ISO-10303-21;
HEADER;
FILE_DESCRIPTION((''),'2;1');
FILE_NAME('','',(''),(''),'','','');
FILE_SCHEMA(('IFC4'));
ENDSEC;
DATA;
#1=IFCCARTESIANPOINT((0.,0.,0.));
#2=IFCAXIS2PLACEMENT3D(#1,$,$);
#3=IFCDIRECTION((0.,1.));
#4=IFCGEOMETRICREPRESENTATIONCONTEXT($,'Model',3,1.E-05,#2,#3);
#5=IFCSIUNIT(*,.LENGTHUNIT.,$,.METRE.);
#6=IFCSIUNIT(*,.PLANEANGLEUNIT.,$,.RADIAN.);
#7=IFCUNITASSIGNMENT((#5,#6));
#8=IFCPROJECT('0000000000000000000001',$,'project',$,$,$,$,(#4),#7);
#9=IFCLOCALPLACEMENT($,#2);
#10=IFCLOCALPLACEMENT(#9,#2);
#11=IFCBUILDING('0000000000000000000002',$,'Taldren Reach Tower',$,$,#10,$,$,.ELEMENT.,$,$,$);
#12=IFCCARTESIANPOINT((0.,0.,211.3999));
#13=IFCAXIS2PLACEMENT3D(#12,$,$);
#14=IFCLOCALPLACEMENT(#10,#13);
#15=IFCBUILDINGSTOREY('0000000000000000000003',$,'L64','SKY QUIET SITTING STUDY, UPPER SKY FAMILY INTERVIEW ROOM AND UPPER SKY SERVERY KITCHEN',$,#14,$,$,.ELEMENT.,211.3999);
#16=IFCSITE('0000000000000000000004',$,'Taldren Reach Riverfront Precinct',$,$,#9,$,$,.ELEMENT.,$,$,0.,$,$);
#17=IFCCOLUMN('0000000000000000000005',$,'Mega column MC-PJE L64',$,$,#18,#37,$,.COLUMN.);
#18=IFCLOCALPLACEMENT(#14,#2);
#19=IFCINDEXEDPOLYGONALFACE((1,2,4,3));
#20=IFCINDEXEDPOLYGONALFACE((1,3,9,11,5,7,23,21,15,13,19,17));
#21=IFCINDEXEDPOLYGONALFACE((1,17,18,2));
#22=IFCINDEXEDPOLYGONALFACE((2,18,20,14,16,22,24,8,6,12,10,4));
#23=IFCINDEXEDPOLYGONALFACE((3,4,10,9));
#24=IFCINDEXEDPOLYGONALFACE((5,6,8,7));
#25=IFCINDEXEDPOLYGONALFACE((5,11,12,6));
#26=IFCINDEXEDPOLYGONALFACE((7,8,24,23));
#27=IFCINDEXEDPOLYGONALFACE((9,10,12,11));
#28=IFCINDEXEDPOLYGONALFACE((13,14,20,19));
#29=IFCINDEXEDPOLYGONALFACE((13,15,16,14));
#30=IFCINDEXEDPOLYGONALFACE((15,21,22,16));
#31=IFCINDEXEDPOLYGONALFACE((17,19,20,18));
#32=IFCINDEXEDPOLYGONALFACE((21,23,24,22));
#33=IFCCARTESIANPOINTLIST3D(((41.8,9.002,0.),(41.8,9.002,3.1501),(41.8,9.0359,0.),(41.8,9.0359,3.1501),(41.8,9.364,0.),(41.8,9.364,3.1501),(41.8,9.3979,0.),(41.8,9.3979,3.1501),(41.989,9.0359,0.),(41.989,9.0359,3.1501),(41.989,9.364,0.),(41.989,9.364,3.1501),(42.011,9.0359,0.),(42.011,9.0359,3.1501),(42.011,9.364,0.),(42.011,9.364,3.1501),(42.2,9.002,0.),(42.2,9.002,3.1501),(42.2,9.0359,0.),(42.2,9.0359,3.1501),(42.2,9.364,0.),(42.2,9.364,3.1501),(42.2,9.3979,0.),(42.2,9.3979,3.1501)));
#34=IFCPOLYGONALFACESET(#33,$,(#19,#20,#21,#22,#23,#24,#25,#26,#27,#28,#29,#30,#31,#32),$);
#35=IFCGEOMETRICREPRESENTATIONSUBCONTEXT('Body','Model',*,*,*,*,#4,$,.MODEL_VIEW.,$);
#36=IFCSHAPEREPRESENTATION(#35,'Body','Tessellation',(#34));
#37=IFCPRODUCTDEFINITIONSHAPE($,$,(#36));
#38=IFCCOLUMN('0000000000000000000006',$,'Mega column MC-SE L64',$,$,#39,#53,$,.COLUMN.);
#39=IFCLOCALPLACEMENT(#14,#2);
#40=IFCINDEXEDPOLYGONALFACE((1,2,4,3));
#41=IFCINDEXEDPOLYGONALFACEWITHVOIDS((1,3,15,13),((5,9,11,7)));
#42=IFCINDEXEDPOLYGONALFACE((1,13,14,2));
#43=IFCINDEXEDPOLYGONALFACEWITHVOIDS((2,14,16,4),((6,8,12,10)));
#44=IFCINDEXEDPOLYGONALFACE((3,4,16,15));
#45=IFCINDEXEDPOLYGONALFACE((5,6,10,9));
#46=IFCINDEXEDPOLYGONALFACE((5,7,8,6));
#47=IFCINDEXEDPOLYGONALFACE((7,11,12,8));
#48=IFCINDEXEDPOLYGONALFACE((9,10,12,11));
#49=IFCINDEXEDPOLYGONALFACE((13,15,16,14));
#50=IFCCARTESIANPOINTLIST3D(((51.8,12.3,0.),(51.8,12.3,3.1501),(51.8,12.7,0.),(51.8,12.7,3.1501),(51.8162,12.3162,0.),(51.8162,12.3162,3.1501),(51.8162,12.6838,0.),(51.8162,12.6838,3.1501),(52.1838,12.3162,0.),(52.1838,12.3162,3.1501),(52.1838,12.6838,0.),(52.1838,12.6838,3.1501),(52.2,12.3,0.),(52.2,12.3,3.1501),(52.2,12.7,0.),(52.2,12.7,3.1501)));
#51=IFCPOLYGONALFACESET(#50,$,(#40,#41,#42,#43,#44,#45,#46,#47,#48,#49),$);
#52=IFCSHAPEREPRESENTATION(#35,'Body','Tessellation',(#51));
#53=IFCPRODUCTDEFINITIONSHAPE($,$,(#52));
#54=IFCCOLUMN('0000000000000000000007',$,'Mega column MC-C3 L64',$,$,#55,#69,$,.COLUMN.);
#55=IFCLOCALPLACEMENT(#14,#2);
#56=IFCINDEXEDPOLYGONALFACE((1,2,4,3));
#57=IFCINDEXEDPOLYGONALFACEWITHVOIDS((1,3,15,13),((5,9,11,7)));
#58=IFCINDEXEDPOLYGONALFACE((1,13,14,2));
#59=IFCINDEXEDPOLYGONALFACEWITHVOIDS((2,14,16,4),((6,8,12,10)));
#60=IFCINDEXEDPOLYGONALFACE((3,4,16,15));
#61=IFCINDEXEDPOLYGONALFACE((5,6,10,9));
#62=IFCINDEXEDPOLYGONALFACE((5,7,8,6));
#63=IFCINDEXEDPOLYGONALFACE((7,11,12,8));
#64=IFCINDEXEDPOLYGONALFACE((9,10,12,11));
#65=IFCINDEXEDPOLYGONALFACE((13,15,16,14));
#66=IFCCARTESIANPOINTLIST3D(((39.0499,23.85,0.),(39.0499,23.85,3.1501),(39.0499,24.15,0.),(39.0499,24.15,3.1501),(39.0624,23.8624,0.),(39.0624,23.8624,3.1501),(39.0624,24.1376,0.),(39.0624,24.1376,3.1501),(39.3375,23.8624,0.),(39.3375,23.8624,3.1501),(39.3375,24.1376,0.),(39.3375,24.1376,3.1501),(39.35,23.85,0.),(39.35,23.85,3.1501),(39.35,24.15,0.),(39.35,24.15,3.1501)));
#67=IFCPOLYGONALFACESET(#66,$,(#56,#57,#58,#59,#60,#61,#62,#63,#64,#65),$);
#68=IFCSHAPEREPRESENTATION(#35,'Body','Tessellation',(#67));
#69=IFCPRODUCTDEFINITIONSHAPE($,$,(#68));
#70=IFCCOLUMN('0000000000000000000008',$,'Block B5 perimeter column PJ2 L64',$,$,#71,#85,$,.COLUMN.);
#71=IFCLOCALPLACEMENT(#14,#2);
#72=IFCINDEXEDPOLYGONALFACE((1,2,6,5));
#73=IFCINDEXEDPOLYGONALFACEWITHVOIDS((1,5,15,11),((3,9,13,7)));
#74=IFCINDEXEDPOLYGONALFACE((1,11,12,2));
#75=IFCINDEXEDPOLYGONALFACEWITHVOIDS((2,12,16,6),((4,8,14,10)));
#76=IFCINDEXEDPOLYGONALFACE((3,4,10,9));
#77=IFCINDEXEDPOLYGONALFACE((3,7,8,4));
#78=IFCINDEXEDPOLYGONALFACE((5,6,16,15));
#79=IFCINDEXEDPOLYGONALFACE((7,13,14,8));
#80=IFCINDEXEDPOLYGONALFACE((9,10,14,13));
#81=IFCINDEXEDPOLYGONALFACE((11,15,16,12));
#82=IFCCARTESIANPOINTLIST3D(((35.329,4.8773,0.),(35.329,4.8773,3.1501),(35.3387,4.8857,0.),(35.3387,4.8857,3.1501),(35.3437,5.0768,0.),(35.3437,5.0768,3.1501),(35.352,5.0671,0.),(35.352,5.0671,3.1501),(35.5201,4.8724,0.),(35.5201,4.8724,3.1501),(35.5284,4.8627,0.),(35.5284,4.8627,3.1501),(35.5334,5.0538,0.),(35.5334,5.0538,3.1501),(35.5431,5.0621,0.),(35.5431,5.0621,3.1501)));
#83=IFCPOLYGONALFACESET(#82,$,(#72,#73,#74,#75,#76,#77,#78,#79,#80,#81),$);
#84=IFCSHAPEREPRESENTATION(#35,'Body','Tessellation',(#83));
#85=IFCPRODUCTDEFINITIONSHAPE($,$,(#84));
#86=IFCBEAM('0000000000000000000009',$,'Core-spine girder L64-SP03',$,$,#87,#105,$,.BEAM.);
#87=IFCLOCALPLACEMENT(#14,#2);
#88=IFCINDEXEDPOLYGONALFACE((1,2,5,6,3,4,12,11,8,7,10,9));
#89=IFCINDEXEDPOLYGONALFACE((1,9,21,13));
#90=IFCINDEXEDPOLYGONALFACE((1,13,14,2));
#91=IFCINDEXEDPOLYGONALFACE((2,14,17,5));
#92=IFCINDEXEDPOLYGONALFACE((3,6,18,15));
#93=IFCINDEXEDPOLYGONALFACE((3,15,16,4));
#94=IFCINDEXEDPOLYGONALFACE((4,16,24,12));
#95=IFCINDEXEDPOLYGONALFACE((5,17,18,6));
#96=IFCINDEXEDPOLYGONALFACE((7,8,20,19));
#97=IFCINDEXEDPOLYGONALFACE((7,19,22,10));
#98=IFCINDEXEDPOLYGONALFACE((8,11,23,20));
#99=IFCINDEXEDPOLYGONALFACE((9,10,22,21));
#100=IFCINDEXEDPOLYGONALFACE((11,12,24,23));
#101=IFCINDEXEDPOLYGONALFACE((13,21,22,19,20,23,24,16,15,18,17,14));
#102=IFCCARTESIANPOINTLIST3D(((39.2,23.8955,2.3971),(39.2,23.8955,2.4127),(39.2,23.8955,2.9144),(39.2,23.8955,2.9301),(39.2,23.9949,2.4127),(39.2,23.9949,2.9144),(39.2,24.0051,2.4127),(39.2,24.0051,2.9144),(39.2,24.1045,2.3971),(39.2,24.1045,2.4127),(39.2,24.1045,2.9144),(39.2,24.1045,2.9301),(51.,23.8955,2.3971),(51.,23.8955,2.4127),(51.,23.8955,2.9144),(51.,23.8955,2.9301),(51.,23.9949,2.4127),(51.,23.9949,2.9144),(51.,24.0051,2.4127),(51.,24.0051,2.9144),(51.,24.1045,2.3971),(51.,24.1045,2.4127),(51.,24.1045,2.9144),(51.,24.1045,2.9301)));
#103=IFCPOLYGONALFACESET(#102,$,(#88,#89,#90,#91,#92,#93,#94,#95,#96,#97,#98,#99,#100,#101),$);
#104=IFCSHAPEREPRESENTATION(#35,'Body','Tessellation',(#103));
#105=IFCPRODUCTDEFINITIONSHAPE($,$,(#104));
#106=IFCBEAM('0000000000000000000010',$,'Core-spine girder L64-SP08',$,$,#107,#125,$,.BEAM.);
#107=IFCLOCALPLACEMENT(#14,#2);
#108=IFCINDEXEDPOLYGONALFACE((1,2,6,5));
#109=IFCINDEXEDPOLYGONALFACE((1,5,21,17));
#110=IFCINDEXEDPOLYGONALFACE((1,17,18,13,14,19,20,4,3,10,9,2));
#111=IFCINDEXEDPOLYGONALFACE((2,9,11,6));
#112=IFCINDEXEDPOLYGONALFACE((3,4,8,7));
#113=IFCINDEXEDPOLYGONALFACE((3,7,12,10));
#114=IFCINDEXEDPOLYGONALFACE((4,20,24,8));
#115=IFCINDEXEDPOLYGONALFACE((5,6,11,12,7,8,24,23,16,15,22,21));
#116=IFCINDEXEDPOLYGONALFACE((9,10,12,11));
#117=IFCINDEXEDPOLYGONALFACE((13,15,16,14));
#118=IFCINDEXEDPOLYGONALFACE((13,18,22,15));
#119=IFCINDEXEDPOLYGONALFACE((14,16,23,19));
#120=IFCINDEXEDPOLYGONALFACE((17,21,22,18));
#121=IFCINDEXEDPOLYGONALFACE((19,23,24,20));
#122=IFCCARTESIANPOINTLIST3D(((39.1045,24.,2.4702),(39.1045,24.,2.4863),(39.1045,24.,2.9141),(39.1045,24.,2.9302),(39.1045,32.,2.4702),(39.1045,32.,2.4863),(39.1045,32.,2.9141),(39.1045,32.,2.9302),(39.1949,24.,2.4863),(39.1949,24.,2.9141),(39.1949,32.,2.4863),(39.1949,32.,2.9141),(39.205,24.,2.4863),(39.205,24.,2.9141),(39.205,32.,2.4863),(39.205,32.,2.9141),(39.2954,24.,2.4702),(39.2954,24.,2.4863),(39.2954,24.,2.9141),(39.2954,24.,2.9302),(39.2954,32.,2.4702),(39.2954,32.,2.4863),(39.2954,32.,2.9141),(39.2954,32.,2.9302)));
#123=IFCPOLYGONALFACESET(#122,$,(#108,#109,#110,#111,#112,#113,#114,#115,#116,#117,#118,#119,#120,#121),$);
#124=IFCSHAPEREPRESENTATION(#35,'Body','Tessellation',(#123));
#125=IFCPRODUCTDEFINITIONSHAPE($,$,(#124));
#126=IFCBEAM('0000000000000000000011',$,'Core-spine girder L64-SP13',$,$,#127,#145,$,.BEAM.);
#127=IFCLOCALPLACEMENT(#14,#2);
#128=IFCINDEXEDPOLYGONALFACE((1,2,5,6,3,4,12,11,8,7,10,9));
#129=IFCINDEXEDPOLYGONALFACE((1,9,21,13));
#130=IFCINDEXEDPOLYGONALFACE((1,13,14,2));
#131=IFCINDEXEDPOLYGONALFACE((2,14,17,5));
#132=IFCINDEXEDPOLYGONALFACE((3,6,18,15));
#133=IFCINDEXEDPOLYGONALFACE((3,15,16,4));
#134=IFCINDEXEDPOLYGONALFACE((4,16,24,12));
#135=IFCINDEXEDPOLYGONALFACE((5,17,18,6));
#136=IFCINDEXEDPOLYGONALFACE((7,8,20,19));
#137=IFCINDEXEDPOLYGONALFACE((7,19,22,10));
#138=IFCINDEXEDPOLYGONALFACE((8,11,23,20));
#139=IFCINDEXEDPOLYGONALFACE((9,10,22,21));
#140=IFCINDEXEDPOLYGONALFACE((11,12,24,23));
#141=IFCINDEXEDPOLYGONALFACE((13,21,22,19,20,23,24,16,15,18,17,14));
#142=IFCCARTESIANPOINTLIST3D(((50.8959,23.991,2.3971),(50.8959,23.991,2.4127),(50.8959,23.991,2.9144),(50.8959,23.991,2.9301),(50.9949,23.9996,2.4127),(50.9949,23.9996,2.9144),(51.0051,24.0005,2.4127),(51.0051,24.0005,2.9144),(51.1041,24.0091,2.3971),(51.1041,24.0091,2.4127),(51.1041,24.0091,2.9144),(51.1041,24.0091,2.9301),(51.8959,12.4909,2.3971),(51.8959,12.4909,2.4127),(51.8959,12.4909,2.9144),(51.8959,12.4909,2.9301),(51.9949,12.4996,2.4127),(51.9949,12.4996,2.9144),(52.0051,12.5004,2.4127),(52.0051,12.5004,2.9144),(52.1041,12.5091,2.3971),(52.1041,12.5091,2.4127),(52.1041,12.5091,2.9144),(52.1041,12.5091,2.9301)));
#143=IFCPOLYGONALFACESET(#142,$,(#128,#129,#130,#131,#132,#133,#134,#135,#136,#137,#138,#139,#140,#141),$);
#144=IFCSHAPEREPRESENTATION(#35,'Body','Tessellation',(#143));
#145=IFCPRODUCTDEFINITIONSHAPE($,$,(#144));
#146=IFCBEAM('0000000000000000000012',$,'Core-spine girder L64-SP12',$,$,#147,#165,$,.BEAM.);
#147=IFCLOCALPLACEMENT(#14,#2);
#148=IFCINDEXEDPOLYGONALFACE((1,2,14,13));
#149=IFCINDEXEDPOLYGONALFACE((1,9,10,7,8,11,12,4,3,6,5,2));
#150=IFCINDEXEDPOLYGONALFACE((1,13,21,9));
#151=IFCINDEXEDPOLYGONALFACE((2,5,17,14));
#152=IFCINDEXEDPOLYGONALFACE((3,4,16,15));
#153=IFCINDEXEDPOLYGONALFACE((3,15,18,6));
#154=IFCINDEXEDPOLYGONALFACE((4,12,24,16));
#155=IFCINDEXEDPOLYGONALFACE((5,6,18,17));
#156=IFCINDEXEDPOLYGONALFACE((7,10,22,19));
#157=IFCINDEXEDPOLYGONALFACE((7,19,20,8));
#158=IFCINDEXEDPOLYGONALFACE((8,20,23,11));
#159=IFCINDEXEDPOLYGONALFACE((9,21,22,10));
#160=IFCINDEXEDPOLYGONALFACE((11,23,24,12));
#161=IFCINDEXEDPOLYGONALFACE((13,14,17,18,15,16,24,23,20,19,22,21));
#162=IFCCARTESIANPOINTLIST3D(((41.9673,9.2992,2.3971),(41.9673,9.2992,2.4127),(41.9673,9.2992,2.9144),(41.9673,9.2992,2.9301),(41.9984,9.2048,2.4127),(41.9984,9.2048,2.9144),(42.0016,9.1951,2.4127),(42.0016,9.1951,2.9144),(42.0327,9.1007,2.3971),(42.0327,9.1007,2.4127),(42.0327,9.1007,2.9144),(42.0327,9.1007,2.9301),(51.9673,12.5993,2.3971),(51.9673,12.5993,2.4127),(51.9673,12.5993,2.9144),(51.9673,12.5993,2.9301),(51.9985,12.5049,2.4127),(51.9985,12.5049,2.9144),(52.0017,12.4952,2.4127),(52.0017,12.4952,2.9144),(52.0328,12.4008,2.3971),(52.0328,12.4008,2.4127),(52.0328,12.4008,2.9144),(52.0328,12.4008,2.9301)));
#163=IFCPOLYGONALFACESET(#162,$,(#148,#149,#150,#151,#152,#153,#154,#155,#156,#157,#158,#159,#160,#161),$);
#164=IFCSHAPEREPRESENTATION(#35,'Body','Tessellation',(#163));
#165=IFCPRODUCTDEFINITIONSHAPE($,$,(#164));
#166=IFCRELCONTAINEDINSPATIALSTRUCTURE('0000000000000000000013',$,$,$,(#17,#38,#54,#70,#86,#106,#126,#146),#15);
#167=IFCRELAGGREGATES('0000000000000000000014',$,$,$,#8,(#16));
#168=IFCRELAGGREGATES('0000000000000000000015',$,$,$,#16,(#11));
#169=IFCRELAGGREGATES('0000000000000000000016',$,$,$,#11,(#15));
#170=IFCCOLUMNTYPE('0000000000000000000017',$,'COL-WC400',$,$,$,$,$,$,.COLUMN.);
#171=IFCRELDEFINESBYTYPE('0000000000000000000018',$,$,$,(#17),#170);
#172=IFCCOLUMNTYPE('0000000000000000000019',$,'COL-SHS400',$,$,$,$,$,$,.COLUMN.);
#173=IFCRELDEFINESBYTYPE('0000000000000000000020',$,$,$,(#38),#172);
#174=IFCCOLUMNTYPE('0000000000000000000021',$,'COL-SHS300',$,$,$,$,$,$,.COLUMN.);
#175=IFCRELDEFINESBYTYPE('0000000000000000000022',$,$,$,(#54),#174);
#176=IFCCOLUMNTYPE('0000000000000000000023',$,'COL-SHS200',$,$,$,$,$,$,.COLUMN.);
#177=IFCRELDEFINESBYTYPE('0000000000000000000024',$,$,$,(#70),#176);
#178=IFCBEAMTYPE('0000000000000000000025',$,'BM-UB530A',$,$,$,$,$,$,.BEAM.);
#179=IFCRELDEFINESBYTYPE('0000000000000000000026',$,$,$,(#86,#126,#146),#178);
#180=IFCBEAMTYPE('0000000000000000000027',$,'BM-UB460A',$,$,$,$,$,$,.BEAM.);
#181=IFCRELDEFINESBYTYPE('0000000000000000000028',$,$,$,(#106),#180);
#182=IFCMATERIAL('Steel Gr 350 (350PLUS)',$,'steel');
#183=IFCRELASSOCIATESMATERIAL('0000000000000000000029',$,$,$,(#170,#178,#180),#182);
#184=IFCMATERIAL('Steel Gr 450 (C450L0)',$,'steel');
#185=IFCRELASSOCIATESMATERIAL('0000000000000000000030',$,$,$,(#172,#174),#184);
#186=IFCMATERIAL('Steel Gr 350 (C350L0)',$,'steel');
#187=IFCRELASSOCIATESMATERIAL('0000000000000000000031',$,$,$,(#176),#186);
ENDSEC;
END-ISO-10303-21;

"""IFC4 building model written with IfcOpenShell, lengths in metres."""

from ifc_helpers import new_model, si_unit, direction, frame, origin, origin_2d, place, context, subcontext, project, spatial, hollow_rectangle, i_section, extrude, source, transform, mapped, material, material_profile, profile_set, type_object, element, save


model = new_model("IFC4")

# Units and contexts
model_context = context("Model", 3, precision=1e-05, world=origin(), true_north=direction((0.0, 1.0)))
body_context = subcontext(model_context, "Body", "Model", "MODEL_VIEW")
ifc_project = project(units=[si_unit("LENGTHUNIT", "METRE"), si_unit("PLANEANGLEUNIT", "RADIAN")], contexts=[model_context])

# Site, building, storey
site_placement = place(None, origin())
site = spatial("IfcSite", under=ifc_project, at=site_placement, Name="Taldren Reach Riverfront Precinct", CompositionType="ELEMENT", RefElevation=0.0)
building_placement = place(site_placement, origin())
building = spatial("IfcBuilding", under=site, at=building_placement, Name="Taldren Reach Tower", CompositionType="ELEMENT")
storey_placement = place(building_placement, frame((0.0, 0.0, 211.3999)))
storey = spatial("IfcBuildingStorey", under=building, at=storey_placement, Name="L64", Description="SKY QUIET SITTING STUDY, UPPER SKY FAMILY INTERVIEW ROOM AND UPPER SKY SERVERY KITCHEN", CompositionType="ELEMENT", Elevation=211.3999)

# Columns
ifc_material_1 = material(Name="Steel Gr 350 (350PLUS)", Category="steel")
ifc_material_profile_1 = material_profile(ifc_material_1, i_section(OverallWidth=0.3999, OverallDepth=0.396, WebThickness=0.022, FlangeThickness=0.0339, at=origin_2d()), Name="400WC270")
ifc_profile_set_1 = profile_set([ifc_material_profile_1], Name="Steel Gr 350 (350PLUS)")
column_type_1 = type_object("IfcColumnType", Name="COL-WC400", PredefinedType="COLUMN", material=ifc_profile_set_1)
shared_shape_1 = source(origin(), body_context, "Body", "SweptSolid", [
    extrude(i_section(OverallWidth=0.3999, OverallDepth=0.396, WebThickness=0.022, FlangeThickness=0.0339, at=origin_2d()), origin(), (0.0, 0.0, 1.0), 3.1501),
])
column_1_placement = place(storey_placement, frame((42.0, 9.2, 0.0), z_axis=(0.0, 0.0, 1.0), x_axis=(1.0, 0.0, 0.0)))
element("IfcColumn", 1, at=column_1_placement, inside=storey, type_object=column_type_1, Name="Mega column MC-PJE L64", PredefinedType="COLUMN", context=body_context, shape_type="MappedRepresentation", body=[
    mapped(shared_shape_1, transform((0.0, 0.0, 0.0), scale=1.0)),
])
ifc_material_2 = material(Name="Steel Gr 450 (C450L0)", Category="steel")
ifc_material_profile_2 = material_profile(ifc_material_2, hollow_rectangle(XDim=0.3999, YDim=0.3999, WallThickness=0.0161, at=origin_2d()), Name="400x400x16.0SHS")
ifc_profile_set_2 = profile_set([ifc_material_profile_2], Name="Steel Gr 450 (C450L0)")
column_type_2 = type_object("IfcColumnType", Name="COL-SHS400", PredefinedType="COLUMN", material=ifc_profile_set_2)
shared_shape_2 = source(origin(), body_context, "Body", "SweptSolid", [
    extrude(hollow_rectangle(XDim=0.3999, YDim=0.3999, WallThickness=0.0161, at=origin_2d()), origin(), (0.0, 0.0, 1.0), 3.1501),
])
column_2_placement = place(storey_placement, frame((52.0, 12.5, 0.0), z_axis=(0.0, 0.0, 1.0), x_axis=(1.0, 0.0, 0.0)))
element("IfcColumn", 2, at=column_2_placement, inside=storey, type_object=column_type_2, Name="Mega column MC-SE L64", PredefinedType="COLUMN", context=body_context, shape_type="MappedRepresentation", body=[
    mapped(shared_shape_2, transform((0.0, 0.0, 0.0), scale=1.0)),
])
ifc_material_profile_3 = material_profile(ifc_material_2, hollow_rectangle(XDim=0.3, YDim=0.3, WallThickness=0.0125, at=origin_2d()), Name="300x300x12.5SHS")
ifc_profile_set_3 = profile_set([ifc_material_profile_3], Name="Steel Gr 450 (C450L0)")
column_type_3 = type_object("IfcColumnType", Name="COL-SHS300", PredefinedType="COLUMN", material=ifc_profile_set_3)
shared_shape_3 = source(origin(), body_context, "Body", "SweptSolid", [
    extrude(hollow_rectangle(XDim=0.3, YDim=0.3, WallThickness=0.0125, at=origin_2d()), origin(), (0.0, 0.0, 1.0), 3.1501),
])
column_3_placement = place(storey_placement, frame((39.2, 24.0, 0.0), z_axis=(0.0, 0.0, 1.0), x_axis=(1.0, 0.0, 0.0)))
element("IfcColumn", 3, at=column_3_placement, inside=storey, type_object=column_type_3, Name="Mega column MC-C3 L64", PredefinedType="COLUMN", context=body_context, shape_type="MappedRepresentation", body=[
    mapped(shared_shape_3, transform((0.0, 0.0, 0.0), scale=1.0)),
])
ifc_material_3 = material(Name="Steel Gr 350 (C350L0)", Category="steel")
ifc_material_profile_4 = material_profile(ifc_material_3, hollow_rectangle(XDim=0.2, YDim=0.2, WallThickness=0.009, at=origin_2d()), Name="200x200x9.0SHS")
ifc_profile_set_4 = profile_set([ifc_material_profile_4], Name="Steel Gr 350 (C350L0)")
column_type_4 = type_object("IfcColumnType", Name="COL-SHS200", PredefinedType="COLUMN", material=ifc_profile_set_4)
shared_shape_4 = source(origin(), body_context, "Body", "SweptSolid", [
    extrude(hollow_rectangle(XDim=0.2, YDim=0.2, WallThickness=0.009, at=origin_2d()), origin(), (0.0, 0.0, 1.0), 3.1501),
])
column_4_placement = place(storey_placement, frame((35.436, 4.9697, 0.0), z_axis=(0.0, 0.0, 1.0), x_axis=(0.997314, -0.073238, 0.0)))
element("IfcColumn", 4, at=column_4_placement, inside=storey, type_object=column_type_4, Name="Block B5 perimeter column PJ2 L64", PredefinedType="COLUMN", context=body_context, shape_type="MappedRepresentation", body=[
    mapped(shared_shape_4, transform((0.0, 0.0, 0.0), scale=1.0)),
])

# Beams
ifc_material_profile_5 = material_profile(ifc_material_1, i_section(OverallWidth=0.209, OverallDepth=0.533, WebThickness=0.0103, FlangeThickness=0.0156, at=origin_2d()), Name="530UB92.4")
ifc_profile_set_5 = profile_set([ifc_material_profile_5], Name="Steel Gr 350 (350PLUS)")
beam_type_1 = type_object("IfcBeamType", Name="BM-UB530A", PredefinedType="BEAM", material=ifc_profile_set_5)
shared_shape_5 = source(origin(), body_context, "Body", "SweptSolid", [
    extrude(i_section(OverallWidth=0.209, OverallDepth=0.533, WebThickness=0.0103, FlangeThickness=0.0156, at=origin_2d()), origin(), (0.0, 0.0, 1.0), 11.8),
])
beam_1_placement = place(storey_placement, frame((39.2, 24.0, 2.6636), z_axis=(1.0, 0.0, 0.0), x_axis=(0.0, 1.0, 0.0)))
element("IfcBeam", 5, at=beam_1_placement, inside=storey, type_object=beam_type_1, Name="Core-spine girder L64-SP03", PredefinedType="BEAM", context=body_context, shape_type="MappedRepresentation", body=[
    mapped(shared_shape_5, transform((0.0, 0.0, 0.0), scale=1.0)),
])
ifc_material_profile_6 = material_profile(ifc_material_1, i_section(OverallWidth=0.1909, OverallDepth=0.46, WebThickness=0.01, FlangeThickness=0.0161, at=origin_2d()), Name="460UB82.1")
ifc_profile_set_6 = profile_set([ifc_material_profile_6], Name="Steel Gr 350 (350PLUS)")
beam_type_2 = type_object("IfcBeamType", Name="BM-UB460A", PredefinedType="BEAM", material=ifc_profile_set_6)
shared_shape_6 = source(origin(), body_context, "Body", "SweptSolid", [
    extrude(i_section(OverallWidth=0.1909, OverallDepth=0.46, WebThickness=0.01, FlangeThickness=0.0161, at=origin_2d()), origin(), (0.0, 0.0, 1.0), 8.0),
])
beam_2_placement = place(storey_placement, frame((39.2, 24.0, 2.7002), z_axis=(0.0, 1.0, 0.0), x_axis=(-1.0, 0.0, 0.0)))
element("IfcBeam", 6, at=beam_2_placement, inside=storey, type_object=beam_type_2, Name="Core-spine girder L64-SP08", PredefinedType="BEAM", context=body_context, shape_type="MappedRepresentation", body=[
    mapped(shared_shape_6, transform((0.0, 0.0, 0.0), scale=1.0)),
])
shared_shape_7 = source(origin(), body_context, "Body", "SweptSolid", [
    extrude(i_section(OverallWidth=0.209, OverallDepth=0.533, WebThickness=0.0103, FlangeThickness=0.0156, at=origin_2d()), origin(), (0.0, 0.0, 1.0), 11.5435),
])
beam_3_placement = place(storey_placement, frame((52.0, 12.5, 2.6636), z_axis=(-0.08663, 0.996241, 0.0), x_axis=(-0.996241, -0.08663, 0.0)))
element("IfcBeam", 7, at=beam_3_placement, inside=storey, type_object=beam_type_1, Name="Core-spine girder L64-SP13", PredefinedType="BEAM", context=body_context, shape_type="MappedRepresentation", body=[
    mapped(shared_shape_7, transform((0.0, 0.0, 0.0), scale=1.0)),
])
shared_shape_8 = source(origin(), body_context, "Body", "SweptSolid", [
    extrude(i_section(OverallWidth=0.209, OverallDepth=0.533, WebThickness=0.0103, FlangeThickness=0.0156, at=origin_2d()), origin(), (0.0, 0.0, 1.0), 10.5305),
])
beam_4_placement = place(storey_placement, frame((42.0, 9.2, 2.6636), z_axis=(0.949627, 0.313382, 0.0), x_axis=(-0.313382, 0.949627, 0.0)))
element("IfcBeam", 8, at=beam_4_placement, inside=storey, type_object=beam_type_1, Name="Core-spine girder L64-SP12", PredefinedType="BEAM", context=body_context, shape_type="MappedRepresentation", body=[
    mapped(shared_shape_8, transform((0.0, 0.0, 0.0), scale=1.0)),
])

save(model, "model.ifc")
